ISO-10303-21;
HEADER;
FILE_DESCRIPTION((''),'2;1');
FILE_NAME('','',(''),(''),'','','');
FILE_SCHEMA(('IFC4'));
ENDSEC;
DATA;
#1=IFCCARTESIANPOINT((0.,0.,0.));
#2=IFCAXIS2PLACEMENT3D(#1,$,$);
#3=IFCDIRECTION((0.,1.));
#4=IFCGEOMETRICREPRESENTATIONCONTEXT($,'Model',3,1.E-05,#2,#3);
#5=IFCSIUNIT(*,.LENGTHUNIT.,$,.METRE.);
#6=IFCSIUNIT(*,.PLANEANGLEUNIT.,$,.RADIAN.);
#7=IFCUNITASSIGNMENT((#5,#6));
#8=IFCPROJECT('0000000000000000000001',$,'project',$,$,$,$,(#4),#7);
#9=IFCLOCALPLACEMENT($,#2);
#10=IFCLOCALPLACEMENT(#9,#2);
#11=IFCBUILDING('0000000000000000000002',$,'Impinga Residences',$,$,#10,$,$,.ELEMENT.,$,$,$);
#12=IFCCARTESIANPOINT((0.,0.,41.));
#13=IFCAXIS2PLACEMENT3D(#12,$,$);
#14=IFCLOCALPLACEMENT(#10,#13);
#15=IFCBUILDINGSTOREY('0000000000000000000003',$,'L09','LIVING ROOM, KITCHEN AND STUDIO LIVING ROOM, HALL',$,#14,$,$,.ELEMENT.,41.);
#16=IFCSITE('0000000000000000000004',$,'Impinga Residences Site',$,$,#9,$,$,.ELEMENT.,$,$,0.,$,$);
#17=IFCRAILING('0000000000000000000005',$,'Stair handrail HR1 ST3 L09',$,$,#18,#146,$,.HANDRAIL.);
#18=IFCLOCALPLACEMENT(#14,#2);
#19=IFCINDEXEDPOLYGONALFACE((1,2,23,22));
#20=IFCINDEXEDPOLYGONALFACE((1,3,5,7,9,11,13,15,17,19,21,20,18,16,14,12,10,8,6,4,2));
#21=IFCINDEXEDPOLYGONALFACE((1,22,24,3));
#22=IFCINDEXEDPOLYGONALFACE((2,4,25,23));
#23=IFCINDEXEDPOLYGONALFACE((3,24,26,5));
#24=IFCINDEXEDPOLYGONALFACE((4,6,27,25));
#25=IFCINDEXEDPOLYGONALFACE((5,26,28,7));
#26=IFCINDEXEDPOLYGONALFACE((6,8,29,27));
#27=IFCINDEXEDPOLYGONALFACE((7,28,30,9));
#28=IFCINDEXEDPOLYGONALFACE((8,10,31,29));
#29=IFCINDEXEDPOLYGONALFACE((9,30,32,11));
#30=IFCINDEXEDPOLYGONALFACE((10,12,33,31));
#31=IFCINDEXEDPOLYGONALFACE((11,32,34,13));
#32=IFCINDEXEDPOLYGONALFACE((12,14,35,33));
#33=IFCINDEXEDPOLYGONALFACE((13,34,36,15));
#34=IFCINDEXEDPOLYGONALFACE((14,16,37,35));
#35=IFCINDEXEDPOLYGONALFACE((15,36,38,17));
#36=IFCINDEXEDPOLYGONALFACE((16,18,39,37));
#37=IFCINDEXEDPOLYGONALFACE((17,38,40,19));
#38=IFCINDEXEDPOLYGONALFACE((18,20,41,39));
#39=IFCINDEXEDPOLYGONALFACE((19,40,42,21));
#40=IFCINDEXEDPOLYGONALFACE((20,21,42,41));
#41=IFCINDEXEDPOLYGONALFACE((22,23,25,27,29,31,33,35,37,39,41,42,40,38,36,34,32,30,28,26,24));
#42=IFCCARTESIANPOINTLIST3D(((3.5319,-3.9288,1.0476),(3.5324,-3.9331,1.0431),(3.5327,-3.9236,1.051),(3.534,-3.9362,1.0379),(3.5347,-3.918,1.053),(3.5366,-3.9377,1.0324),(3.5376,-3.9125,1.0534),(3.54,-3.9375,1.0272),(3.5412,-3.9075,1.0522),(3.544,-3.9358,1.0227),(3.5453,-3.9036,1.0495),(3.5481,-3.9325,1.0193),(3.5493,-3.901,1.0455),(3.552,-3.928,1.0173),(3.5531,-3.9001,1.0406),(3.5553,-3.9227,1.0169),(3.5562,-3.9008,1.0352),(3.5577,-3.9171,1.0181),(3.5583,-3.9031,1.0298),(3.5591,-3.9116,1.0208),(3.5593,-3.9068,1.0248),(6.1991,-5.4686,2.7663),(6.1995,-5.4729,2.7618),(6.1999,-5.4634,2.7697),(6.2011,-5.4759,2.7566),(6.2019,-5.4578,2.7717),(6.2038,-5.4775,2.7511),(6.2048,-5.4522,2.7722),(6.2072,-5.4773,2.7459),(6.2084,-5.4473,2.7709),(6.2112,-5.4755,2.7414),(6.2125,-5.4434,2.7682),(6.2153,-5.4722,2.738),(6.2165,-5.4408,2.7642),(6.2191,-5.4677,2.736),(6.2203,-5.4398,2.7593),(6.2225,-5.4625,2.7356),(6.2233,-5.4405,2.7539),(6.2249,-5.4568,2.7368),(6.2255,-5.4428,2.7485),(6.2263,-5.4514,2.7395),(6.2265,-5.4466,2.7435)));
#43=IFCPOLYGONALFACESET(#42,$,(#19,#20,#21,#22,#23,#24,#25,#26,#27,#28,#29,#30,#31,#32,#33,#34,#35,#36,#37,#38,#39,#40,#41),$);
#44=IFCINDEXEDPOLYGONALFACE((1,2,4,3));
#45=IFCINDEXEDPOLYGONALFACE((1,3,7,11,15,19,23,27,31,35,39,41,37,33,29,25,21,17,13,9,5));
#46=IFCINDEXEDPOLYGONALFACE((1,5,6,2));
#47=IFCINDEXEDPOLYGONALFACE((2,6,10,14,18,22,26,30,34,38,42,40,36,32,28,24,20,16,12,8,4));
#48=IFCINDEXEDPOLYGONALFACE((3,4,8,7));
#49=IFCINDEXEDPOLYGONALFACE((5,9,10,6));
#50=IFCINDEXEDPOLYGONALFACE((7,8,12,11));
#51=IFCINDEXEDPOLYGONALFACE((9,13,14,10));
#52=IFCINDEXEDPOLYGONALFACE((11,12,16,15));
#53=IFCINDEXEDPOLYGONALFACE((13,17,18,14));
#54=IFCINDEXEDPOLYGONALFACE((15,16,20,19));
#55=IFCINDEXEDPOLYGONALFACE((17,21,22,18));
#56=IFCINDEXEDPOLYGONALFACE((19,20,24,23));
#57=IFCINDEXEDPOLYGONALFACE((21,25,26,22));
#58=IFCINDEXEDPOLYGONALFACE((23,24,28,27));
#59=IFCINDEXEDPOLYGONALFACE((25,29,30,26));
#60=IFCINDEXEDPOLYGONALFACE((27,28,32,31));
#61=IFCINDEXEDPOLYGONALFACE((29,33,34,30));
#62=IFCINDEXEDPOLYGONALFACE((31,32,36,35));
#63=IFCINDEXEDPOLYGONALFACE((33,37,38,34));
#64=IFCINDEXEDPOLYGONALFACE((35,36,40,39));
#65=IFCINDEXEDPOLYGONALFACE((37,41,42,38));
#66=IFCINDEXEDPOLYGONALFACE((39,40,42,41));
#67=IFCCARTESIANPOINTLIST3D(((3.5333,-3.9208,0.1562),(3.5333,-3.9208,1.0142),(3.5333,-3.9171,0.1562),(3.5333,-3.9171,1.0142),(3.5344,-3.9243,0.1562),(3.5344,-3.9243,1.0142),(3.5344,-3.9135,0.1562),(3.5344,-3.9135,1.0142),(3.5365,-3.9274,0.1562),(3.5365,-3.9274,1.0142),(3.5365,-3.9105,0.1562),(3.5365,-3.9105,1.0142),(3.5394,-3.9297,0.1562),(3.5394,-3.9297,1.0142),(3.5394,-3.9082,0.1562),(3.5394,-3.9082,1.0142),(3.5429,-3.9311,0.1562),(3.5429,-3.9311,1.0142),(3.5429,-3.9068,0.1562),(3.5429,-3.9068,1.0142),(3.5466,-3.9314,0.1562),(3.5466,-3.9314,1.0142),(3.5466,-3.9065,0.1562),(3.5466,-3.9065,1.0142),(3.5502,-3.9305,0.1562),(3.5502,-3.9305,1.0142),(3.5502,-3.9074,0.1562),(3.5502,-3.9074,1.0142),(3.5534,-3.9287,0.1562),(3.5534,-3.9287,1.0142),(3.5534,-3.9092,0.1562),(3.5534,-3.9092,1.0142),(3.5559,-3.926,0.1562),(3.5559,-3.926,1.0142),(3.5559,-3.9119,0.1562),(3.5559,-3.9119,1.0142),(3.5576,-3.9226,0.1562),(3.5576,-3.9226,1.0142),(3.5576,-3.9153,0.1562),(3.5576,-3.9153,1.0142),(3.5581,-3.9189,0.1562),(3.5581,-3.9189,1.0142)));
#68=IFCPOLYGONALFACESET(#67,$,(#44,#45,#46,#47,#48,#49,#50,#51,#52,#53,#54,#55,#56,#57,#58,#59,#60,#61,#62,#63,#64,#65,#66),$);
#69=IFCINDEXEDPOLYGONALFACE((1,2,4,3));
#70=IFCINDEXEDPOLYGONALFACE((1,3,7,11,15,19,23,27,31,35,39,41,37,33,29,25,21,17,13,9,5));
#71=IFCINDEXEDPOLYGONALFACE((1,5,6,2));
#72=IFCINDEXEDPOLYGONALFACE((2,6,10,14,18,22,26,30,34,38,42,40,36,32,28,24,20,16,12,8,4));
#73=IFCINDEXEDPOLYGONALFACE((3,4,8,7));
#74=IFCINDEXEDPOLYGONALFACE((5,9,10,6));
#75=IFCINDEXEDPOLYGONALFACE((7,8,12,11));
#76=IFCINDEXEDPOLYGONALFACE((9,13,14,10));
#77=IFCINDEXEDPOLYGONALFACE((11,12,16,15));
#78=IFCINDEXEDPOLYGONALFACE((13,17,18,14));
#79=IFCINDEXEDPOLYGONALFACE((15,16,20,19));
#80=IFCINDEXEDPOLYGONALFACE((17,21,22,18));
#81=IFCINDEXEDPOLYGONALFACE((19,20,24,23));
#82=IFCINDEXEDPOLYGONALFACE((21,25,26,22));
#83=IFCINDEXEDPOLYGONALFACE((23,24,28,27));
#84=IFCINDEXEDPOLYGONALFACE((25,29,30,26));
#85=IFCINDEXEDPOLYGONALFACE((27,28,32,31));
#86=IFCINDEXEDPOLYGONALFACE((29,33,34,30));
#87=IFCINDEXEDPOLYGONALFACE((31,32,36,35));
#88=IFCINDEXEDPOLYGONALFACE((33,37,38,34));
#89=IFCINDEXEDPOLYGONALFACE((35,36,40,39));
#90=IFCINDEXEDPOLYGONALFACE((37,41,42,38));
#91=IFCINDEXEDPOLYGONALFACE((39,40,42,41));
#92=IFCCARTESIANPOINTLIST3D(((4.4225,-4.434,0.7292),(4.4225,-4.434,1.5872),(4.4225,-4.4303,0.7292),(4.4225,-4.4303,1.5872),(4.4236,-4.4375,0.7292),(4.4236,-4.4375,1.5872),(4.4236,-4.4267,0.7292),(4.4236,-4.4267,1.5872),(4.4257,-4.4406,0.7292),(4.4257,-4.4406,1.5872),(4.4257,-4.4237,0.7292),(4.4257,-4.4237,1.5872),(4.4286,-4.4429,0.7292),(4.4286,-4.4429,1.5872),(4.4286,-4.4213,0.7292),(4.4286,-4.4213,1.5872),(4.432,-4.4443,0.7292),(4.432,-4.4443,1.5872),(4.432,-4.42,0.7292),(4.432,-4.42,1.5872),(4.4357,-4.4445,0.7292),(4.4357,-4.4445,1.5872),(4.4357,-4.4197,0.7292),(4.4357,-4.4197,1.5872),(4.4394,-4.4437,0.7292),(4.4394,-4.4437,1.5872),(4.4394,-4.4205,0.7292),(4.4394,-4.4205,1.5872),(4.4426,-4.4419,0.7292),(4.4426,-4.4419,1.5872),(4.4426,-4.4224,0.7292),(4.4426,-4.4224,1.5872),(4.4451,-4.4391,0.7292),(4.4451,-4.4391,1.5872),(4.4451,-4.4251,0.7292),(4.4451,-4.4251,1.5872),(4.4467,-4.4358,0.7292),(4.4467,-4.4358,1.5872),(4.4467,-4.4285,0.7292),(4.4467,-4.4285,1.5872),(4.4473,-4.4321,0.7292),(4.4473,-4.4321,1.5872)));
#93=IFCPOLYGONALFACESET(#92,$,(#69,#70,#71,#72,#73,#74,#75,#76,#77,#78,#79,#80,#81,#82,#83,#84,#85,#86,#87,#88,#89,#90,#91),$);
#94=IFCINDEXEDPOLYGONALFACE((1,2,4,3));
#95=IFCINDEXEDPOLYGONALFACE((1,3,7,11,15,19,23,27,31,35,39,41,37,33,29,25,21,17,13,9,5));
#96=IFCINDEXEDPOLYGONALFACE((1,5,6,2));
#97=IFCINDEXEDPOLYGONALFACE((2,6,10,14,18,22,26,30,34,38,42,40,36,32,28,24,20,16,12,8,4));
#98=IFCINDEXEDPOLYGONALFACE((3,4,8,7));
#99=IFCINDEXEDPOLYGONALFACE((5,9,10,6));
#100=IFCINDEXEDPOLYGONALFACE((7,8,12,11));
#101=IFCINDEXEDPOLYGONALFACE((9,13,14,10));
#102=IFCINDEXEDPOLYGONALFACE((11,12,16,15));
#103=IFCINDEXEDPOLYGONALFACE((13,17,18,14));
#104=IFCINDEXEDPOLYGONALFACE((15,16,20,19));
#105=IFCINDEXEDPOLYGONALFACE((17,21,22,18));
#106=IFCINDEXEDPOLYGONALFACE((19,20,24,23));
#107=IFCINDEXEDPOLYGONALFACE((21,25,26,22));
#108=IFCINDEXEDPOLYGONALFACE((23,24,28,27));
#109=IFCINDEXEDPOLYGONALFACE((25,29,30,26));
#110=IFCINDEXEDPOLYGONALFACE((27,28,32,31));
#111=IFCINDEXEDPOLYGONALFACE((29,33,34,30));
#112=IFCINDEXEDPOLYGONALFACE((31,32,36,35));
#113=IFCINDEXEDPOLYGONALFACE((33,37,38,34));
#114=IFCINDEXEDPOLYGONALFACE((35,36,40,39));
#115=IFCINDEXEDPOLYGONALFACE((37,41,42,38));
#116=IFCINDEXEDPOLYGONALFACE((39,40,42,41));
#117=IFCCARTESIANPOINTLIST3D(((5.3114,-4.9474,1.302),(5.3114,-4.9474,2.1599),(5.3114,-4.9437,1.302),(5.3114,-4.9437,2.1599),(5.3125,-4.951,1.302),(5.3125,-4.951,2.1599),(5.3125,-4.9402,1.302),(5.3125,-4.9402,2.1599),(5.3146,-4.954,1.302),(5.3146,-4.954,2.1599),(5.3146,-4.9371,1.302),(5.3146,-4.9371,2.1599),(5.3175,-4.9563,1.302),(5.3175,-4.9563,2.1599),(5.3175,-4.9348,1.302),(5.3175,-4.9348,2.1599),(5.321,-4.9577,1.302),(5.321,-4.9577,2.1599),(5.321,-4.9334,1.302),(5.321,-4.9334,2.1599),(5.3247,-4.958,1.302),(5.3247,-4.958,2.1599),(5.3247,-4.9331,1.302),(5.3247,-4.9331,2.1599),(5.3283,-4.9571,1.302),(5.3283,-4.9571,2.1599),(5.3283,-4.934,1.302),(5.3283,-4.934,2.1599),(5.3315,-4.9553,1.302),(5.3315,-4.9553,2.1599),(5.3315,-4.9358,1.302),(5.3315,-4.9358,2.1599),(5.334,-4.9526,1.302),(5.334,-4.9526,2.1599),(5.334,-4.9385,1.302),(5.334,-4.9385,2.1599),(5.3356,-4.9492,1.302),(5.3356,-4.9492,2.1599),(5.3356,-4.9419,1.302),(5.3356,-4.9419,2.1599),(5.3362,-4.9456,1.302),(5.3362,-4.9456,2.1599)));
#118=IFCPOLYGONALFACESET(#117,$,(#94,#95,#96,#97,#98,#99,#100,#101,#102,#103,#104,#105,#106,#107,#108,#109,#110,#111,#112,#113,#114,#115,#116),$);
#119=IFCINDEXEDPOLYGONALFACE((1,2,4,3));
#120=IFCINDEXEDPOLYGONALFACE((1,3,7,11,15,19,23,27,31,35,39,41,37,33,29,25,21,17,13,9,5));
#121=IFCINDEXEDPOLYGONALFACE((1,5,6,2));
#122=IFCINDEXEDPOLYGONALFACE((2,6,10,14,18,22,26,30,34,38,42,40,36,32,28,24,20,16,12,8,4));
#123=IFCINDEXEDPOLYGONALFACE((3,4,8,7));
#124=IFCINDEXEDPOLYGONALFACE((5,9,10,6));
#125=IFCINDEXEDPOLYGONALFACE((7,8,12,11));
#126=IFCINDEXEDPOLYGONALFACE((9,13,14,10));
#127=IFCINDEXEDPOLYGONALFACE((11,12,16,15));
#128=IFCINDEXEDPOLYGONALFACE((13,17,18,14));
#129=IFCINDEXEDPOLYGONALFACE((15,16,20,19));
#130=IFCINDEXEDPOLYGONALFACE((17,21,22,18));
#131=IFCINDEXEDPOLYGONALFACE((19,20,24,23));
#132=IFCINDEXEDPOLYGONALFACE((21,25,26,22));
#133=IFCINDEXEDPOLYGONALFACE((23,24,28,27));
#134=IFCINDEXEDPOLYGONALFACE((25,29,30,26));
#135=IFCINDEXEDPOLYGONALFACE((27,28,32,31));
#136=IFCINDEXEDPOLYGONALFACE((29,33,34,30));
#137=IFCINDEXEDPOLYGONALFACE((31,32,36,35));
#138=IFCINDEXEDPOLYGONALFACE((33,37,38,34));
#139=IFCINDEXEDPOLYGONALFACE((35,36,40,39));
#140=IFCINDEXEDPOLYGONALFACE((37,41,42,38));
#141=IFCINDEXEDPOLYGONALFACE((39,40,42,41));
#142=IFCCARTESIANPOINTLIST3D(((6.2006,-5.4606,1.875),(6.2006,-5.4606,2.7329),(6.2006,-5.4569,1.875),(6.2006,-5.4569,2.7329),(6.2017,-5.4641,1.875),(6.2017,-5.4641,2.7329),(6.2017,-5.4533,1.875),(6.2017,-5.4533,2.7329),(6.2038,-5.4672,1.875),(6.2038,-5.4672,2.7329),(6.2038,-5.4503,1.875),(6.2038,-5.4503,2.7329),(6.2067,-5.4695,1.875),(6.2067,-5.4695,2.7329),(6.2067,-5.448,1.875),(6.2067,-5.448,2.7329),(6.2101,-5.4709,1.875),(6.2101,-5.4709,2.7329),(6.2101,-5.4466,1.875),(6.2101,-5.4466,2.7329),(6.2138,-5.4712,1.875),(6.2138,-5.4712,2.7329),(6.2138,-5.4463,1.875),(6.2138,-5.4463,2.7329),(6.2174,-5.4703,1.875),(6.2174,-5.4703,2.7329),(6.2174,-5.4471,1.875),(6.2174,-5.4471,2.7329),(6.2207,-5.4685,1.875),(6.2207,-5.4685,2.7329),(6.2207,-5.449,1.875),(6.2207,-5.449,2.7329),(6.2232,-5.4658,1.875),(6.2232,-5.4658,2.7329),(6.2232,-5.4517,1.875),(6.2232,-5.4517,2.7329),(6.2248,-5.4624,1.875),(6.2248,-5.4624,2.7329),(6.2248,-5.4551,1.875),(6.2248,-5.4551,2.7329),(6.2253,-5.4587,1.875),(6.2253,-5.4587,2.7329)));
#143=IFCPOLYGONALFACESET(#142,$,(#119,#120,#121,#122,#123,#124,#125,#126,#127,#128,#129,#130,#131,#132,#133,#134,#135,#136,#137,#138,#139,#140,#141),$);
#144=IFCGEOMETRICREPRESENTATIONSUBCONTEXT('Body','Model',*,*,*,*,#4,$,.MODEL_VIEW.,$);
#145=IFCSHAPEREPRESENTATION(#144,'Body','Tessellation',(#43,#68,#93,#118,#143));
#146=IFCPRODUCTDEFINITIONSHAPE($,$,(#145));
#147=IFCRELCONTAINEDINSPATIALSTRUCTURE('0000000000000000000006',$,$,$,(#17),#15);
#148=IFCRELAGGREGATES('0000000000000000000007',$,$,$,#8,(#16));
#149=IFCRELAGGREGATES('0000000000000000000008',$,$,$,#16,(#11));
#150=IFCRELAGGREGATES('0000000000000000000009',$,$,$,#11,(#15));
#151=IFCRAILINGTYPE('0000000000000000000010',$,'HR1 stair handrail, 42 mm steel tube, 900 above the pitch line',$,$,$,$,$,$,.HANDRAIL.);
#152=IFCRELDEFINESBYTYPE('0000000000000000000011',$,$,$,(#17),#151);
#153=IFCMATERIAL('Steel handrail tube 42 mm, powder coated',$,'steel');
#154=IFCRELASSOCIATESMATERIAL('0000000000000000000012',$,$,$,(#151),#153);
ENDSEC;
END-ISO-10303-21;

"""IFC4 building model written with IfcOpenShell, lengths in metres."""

from ifc_helpers import new_model, si_unit, direction, frame, origin, origin_2d, place, context, subcontext, project, spatial, circle, extrude, material, type_object, element, save


model = new_model("IFC4")

# Units and contexts
model_context = context("Model", 3, precision=1e-05, world=origin(), true_north=direction((0.0, 1.0)))
body_context = subcontext(model_context, "Body", "Model", "MODEL_VIEW")
ifc_project = project(units=[si_unit("LENGTHUNIT", "METRE"), si_unit("PLANEANGLEUNIT", "RADIAN")], contexts=[model_context])

# Site, building, storey
site_placement = place(None, origin())
site = spatial("IfcSite", under=ifc_project, at=site_placement, Name="Impinga Residences Site", CompositionType="ELEMENT", RefElevation=0.0)
building_placement = place(site_placement, origin())
building = spatial("IfcBuilding", under=site, at=building_placement, Name="Impinga Residences", CompositionType="ELEMENT")
storey_placement = place(building_placement, frame((0.0, 0.0, 41.0)))
storey = spatial("IfcBuildingStorey", under=building, at=storey_placement, Name="L09", Description="LIVING ROOM, KITCHEN AND STUDIO LIVING ROOM, HALL", CompositionType="ELEMENT", Elevation=41.0)

# Railing
ifc_material_1 = material(Name="Steel handrail tube 42 mm, powder coated", Category="steel")
railing_type_1 = type_object("IfcRailingType", Name="HR1 stair handrail, 42 mm steel tube, 900 above the pitch line", PredefinedType="HANDRAIL", material=ifc_material_1)
railing_1_placement = place(storey_placement, frame((3.5457, -3.9189, 0.1562)))
element("IfcRailing", 1, at=railing_1_placement, inside=storey, type_object=railing_type_1, Name="Stair handrail HR1 ST3 L09", PredefinedType="HANDRAIL", context=body_context, shape_type="SweptSolid", body=[
    extrude(circle(Radius=0.021, at=origin_2d()), frame((0.0, 0.0, 0.8789), z_axis=(0.756249, -0.436582, 0.487322), x_axis=(0.499967, 0.866044, 0.0)), (0.0, 0.0, 1.0), 3.5269),
    extrude(circle(Radius=0.0125, at=origin_2d()), origin(), (0.0, 0.0, 1.0), 0.8579),
    extrude(circle(Radius=0.0125, at=origin_2d()), frame((0.8892, -0.5132, 0.573)), (0.0, 0.0, 1.0), 0.8579),
    extrude(circle(Radius=0.0125, at=origin_2d()), frame((1.7781, -1.0266, 1.1458)), (0.0, 0.0, 1.0), 0.8579),
    extrude(circle(Radius=0.0125, at=origin_2d()), frame((2.6672, -1.5398, 1.7188)), (0.0, 0.0, 1.0), 0.8579),
])

save(model, "model.ifc")
